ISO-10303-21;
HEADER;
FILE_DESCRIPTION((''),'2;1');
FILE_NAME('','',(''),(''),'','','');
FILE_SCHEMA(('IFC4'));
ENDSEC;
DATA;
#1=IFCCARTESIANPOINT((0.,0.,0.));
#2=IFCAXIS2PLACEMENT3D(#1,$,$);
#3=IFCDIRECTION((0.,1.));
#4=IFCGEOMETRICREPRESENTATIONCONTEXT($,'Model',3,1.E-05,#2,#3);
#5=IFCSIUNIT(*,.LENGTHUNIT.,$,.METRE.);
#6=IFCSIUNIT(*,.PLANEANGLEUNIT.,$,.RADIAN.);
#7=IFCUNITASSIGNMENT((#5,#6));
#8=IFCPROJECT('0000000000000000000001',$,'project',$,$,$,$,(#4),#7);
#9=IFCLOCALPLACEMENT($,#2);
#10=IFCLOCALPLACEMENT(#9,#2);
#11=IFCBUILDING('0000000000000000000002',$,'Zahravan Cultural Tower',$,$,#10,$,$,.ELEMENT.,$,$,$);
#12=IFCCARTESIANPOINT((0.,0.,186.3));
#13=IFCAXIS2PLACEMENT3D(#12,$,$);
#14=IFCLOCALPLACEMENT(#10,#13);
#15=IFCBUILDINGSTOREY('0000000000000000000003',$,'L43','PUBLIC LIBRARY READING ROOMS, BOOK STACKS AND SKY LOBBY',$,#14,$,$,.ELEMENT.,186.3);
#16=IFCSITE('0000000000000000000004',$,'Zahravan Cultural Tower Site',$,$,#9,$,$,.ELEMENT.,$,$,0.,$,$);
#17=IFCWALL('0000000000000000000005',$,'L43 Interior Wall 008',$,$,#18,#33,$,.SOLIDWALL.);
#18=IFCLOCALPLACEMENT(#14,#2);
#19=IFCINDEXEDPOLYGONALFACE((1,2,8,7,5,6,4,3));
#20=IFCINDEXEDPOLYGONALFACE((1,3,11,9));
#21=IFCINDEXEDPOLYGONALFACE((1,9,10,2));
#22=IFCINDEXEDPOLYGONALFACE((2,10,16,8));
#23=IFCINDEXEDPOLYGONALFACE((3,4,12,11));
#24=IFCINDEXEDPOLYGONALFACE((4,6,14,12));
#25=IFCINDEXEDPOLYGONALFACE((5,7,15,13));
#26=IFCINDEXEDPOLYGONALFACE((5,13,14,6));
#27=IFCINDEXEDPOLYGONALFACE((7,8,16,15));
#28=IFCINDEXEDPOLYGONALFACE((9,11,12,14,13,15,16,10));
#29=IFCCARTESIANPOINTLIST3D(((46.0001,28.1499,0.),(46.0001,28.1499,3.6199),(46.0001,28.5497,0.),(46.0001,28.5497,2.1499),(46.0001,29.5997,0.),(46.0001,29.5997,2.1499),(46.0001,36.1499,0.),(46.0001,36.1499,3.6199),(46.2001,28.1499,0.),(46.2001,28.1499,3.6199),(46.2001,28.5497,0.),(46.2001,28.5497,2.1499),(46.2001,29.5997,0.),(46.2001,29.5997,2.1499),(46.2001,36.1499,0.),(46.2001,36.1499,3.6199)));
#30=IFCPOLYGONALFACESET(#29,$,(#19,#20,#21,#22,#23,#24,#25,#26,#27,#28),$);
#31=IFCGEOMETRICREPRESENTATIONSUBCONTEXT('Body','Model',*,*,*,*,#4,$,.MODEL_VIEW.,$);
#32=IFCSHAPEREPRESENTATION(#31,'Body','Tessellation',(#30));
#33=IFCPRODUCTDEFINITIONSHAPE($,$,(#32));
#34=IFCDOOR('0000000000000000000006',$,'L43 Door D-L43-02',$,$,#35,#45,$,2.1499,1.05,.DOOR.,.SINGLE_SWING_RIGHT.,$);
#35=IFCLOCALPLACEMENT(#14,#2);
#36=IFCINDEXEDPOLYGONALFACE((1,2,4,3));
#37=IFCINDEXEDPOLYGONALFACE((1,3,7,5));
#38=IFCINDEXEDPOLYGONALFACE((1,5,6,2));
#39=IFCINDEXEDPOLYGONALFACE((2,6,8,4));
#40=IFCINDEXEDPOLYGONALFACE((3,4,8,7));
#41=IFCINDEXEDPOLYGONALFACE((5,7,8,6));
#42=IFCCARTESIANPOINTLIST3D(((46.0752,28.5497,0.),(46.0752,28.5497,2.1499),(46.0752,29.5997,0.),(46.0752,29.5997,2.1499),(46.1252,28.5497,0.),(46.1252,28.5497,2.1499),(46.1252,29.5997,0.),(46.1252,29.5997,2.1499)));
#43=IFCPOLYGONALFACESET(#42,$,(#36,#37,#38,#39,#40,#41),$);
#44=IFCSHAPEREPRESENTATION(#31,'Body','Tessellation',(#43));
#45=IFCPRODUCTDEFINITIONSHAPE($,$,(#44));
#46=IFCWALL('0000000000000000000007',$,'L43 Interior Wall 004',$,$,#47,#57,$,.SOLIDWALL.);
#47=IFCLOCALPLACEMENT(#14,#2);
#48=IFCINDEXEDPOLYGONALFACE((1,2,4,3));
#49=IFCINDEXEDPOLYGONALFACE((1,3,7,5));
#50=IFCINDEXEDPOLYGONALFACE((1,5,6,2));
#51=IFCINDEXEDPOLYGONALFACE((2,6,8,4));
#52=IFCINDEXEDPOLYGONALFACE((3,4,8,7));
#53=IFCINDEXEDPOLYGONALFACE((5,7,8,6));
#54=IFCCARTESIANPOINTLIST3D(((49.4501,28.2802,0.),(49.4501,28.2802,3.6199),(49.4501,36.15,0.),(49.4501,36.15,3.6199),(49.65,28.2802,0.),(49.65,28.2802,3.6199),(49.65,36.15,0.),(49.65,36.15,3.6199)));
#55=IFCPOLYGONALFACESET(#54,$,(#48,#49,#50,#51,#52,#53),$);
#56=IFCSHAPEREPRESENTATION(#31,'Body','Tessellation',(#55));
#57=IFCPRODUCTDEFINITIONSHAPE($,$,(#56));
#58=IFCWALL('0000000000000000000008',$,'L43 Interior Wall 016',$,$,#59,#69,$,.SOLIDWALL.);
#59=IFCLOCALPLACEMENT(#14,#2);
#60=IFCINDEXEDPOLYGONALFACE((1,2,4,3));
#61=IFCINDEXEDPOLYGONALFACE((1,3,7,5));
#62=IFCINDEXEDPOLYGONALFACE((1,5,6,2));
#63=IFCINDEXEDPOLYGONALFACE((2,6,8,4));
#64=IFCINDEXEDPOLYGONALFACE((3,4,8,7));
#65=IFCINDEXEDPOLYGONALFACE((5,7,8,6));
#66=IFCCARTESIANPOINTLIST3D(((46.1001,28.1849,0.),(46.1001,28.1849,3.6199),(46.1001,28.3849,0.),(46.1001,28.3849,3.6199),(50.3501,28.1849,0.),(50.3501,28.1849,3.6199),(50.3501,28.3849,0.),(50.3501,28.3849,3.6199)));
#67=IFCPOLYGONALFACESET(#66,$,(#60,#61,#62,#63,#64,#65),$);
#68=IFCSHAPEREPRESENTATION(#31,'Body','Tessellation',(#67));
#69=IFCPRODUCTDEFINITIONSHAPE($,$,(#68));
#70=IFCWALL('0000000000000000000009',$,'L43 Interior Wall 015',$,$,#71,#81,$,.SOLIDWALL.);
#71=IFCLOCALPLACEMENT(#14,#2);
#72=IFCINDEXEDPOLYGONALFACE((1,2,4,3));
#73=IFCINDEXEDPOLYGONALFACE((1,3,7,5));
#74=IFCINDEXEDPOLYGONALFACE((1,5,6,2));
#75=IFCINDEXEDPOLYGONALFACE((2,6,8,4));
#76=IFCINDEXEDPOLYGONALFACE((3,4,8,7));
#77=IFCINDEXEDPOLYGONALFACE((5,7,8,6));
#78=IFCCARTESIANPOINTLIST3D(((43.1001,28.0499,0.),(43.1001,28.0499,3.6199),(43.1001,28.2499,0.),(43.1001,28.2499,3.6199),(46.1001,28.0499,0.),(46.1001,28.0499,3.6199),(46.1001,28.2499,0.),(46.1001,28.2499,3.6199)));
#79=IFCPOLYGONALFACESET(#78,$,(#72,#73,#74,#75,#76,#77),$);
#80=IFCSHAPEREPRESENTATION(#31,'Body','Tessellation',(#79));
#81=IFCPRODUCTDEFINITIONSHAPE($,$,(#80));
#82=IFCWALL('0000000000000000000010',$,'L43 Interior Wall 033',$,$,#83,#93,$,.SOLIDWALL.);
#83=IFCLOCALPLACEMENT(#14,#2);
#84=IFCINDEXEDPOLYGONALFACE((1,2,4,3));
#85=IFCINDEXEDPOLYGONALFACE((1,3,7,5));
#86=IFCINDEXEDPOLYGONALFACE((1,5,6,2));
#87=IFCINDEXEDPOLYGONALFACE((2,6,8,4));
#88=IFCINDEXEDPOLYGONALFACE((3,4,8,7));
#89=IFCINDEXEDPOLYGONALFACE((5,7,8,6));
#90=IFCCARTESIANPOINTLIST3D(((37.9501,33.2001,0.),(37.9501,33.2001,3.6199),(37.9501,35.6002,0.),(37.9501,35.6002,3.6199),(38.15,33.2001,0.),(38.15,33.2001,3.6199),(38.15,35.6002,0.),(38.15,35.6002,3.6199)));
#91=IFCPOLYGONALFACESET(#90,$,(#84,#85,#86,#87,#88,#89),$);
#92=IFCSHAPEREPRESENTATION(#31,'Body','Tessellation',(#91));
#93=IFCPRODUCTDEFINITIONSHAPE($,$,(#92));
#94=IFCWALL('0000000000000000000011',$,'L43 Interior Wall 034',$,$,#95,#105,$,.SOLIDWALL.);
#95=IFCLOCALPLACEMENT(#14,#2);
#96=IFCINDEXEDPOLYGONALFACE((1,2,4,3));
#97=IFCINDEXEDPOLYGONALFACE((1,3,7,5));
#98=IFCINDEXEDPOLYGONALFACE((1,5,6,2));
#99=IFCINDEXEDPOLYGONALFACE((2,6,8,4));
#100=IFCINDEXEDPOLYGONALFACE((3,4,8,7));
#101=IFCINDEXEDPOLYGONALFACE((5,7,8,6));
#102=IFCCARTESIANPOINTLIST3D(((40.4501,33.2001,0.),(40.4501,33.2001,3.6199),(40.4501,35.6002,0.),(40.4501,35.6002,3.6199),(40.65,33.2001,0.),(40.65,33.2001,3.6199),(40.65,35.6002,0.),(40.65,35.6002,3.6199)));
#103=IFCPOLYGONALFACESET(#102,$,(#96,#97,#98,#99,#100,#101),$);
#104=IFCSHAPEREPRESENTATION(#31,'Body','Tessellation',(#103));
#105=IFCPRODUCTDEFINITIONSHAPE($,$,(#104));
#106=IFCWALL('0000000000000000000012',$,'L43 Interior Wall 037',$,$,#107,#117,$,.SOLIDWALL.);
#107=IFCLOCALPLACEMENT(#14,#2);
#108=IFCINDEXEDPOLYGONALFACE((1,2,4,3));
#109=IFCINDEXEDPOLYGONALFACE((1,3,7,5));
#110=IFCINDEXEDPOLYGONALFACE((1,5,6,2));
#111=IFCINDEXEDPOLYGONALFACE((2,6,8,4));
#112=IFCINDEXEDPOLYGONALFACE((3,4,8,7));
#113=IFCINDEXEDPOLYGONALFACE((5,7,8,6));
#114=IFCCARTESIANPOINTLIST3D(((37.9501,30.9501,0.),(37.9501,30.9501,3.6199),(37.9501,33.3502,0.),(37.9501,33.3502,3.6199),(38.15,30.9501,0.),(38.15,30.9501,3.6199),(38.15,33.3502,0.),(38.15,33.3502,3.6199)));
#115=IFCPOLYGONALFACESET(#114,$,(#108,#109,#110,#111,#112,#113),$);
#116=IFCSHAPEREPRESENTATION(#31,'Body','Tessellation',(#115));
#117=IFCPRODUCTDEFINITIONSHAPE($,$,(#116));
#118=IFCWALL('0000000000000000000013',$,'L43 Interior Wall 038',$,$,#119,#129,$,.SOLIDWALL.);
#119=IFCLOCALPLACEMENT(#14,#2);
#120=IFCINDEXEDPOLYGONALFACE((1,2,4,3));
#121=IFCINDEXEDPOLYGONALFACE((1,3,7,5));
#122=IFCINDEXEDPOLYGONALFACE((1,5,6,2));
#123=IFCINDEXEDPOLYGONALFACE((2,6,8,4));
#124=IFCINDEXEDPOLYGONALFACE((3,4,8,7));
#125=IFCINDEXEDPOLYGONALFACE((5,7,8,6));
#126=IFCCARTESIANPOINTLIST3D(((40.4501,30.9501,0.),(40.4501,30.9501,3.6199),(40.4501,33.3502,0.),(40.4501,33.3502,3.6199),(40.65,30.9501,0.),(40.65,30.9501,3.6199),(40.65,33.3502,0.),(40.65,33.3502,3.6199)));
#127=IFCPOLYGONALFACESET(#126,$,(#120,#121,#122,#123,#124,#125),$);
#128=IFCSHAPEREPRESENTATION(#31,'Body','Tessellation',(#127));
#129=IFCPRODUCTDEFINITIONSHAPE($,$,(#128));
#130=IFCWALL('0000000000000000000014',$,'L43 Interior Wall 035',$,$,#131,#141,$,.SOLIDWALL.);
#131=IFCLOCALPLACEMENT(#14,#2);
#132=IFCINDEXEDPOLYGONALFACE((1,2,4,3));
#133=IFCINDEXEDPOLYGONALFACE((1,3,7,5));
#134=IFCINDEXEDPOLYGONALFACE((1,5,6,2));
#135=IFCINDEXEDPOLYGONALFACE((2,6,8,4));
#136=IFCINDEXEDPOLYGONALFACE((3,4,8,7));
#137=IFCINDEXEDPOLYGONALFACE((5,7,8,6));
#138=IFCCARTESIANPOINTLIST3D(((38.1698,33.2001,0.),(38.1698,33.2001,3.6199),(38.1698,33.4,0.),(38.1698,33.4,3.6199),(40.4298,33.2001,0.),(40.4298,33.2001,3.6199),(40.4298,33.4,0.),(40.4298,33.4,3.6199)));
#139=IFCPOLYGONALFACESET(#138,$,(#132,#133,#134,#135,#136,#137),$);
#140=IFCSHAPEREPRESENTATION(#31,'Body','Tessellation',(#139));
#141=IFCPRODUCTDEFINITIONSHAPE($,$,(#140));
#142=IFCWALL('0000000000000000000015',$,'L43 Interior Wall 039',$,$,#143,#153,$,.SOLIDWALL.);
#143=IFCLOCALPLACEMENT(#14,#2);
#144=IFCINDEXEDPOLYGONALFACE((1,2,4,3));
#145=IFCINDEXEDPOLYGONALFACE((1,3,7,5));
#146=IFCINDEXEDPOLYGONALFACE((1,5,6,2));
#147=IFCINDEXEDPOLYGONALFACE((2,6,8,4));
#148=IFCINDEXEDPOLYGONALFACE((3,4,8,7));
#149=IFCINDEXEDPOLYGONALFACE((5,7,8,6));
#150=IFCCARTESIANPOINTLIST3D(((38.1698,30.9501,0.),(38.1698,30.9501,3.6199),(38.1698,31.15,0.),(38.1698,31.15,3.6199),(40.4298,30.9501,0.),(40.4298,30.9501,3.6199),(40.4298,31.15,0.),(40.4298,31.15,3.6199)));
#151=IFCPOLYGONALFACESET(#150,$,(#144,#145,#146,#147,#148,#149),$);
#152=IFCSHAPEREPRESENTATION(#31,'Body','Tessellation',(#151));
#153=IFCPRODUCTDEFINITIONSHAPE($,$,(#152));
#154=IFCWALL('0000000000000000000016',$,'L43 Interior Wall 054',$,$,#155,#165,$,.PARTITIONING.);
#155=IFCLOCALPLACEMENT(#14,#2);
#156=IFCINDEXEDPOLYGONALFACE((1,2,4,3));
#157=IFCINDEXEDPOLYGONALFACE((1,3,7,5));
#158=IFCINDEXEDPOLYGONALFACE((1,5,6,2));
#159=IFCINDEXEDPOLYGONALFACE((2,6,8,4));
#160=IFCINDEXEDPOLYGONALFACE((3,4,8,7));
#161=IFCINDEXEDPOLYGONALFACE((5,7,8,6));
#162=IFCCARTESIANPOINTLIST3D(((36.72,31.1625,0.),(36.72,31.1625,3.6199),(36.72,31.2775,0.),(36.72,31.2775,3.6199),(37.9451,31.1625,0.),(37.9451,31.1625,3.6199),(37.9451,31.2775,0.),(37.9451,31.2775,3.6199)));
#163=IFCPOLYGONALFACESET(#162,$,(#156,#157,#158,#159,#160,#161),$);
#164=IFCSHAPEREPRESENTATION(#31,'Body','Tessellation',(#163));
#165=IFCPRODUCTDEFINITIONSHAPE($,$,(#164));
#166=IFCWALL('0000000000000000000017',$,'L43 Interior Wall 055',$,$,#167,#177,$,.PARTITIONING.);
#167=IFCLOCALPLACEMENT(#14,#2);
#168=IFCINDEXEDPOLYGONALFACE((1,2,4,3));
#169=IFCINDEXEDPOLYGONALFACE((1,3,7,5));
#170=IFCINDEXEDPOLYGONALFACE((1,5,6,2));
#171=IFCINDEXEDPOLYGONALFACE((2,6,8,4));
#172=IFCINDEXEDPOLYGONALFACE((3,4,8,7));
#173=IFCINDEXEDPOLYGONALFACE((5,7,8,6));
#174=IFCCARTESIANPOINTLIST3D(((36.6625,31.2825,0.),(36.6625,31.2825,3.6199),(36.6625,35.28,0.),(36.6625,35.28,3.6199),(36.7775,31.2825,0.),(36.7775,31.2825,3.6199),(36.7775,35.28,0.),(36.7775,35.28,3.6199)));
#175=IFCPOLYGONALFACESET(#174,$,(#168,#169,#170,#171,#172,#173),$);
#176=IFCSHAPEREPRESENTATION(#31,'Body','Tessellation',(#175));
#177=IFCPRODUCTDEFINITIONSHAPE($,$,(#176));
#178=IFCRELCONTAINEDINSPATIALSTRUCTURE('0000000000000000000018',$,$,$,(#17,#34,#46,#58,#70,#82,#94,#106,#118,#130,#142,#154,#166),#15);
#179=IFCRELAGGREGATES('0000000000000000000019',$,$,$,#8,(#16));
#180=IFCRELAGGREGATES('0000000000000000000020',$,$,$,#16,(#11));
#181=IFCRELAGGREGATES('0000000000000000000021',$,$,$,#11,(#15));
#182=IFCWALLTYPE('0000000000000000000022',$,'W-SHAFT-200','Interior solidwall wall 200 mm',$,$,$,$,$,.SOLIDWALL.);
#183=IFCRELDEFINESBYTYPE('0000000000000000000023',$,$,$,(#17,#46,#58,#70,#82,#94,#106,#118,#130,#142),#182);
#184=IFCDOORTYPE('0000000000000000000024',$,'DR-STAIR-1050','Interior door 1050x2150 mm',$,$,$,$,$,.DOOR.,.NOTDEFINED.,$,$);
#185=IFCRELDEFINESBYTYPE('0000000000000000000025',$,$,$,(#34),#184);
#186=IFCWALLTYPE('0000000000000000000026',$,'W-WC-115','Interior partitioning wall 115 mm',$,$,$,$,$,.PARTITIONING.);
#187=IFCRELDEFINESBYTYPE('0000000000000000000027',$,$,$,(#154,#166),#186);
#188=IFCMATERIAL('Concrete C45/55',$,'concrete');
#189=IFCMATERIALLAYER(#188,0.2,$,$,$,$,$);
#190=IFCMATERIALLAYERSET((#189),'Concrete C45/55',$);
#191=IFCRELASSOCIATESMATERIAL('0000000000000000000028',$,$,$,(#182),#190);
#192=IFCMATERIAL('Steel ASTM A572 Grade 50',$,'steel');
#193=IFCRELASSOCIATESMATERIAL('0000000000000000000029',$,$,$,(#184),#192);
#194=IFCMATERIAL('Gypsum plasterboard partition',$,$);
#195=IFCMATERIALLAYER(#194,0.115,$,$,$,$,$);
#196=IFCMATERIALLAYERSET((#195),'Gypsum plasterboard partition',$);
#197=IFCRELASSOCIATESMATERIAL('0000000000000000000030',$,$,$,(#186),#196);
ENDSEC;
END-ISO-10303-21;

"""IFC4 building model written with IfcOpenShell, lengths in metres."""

from ifc_helpers import new_model, si_unit, direction, frame, frame_2d, origin, place, context, subcontext, project, spatial, rectangle, extrude, source, transform, mapped, material, layer, layer_set, type_object, element, fill, save


model = new_model("IFC4")

# Units and contexts
model_context = context("Model", 3, precision=1e-05, world=origin(), true_north=direction((0.0, 1.0)))
body_context = subcontext(model_context, "Body", "Model", "MODEL_VIEW")
ifc_project = project(units=[si_unit("LENGTHUNIT", "METRE"), si_unit("PLANEANGLEUNIT", "RADIAN")], contexts=[model_context])

# Site, building, storey
site_placement = place(None, origin())
site = spatial("IfcSite", under=ifc_project, at=site_placement, Name="Zahravan Cultural Tower Site", CompositionType="ELEMENT", RefElevation=0.0)
building_placement = place(site_placement, origin())
building = spatial("IfcBuilding", under=site, at=building_placement, Name="Zahravan Cultural Tower", CompositionType="ELEMENT")
storey_placement = place(building_placement, frame((0.0, 0.0, 186.3)))
storey = spatial("IfcBuildingStorey", under=building, at=storey_placement, Name="L43", Description="PUBLIC LIBRARY READING ROOMS, BOOK STACKS AND SKY LOBBY", CompositionType="ELEMENT", Elevation=186.3)

# Wall, opening, door
ifc_material_1 = material(Name="Concrete C45/55", Category="concrete")
ifc_layer_1 = layer(ifc_material_1, 0.2)
ifc_layer_set_1 = layer_set([ifc_layer_1], Name="Concrete C45/55")
wall_type_1 = type_object("IfcWallType", Name="W-SHAFT-200", Description="Interior solidwall wall 200 mm", PredefinedType="SOLIDWALL", material=ifc_layer_set_1)
wall_1_placement = place(storey_placement, frame((46.1001, 28.1499, 0.0), z_axis=(0.0, 0.0, 1.0), x_axis=(0.0, 1.0, 0.0)))
wall_1 = element("IfcWall", 1, at=wall_1_placement, inside=storey, type_object=wall_type_1, Name="L43 Interior Wall 008", PredefinedType="SOLIDWALL", context=body_context, shape_type="SweptSolid", body=[
    extrude(rectangle(XDim=8.0, YDim=0.2, at=frame_2d((4.0, 0.0))), origin(), (0.0, 0.0, 1.0), 3.6199),
])
opening_1_placement = place(wall_1_placement, frame((0.3999, 0.0, 0.0)))
opening_1 = element("IfcOpeningElement", 2, at=opening_1_placement, cuts=wall_1, PredefinedType="OPENING", context=body_context, shape_type="SweptSolid", body=[
    extrude(rectangle(XDim=1.05, YDim=2.1499, at=frame_2d((0.5249, 1.075))), frame((0.0, 0.1099, 0.0), z_axis=(0.0, -1.0, 0.0), x_axis=(1.0, 0.0, 0.0)), (0.0, 0.0, 1.0), 0.22),
])
ifc_material_2 = material(Name="Steel ASTM A572 Grade 50", Category="steel")
door_type_1 = type_object("IfcDoorType", Name="DR-STAIR-1050", Description="Interior door 1050x2150 mm", OperationType="NOTDEFINED", PredefinedType="DOOR", material=ifc_material_2)
shared_shape_1 = source(origin(), body_context, "Body", "SweptSolid", [
    extrude(rectangle(XDim=1.05, YDim=2.1499, at=frame_2d((0.5249, 1.075))), frame((0.0, 0.0249, 0.0), z_axis=(0.0, -1.0, 0.0), x_axis=(1.0, 0.0, 0.0)), (0.0, 0.0, 1.0), 0.05),
])
door_1_placement = place(opening_1_placement, origin())
door_1 = element("IfcDoor", 3, at=door_1_placement, inside=storey, type_object=door_type_1, Name="L43 Door D-L43-02", OperationType="SINGLE_SWING_RIGHT", OverallHeight=2.1499, OverallWidth=1.05, PredefinedType="DOOR", context=body_context, shape_type="MappedRepresentation", body=[
    mapped(shared_shape_1, transform((0.0, 0.0, 0.0), x_axis=(1.0, 0.0, 0.0), y_axis=(0.0, 1.0, 0.0), z_axis=(0.0, 0.0, 1.0), scale=1.0)),
])
fill(opening_1, door_1)

# Walls
shared_shape_2 = source(origin(), body_context, "Body", "SweptSolid", [
    extrude(rectangle(XDim=7.8699, YDim=0.2, at=frame_2d((3.9351, 0.0))), origin(), (0.0, 0.0, 1.0), 3.6199),
])
wall_2_placement = place(storey_placement, frame((49.55, 28.28, 0.0), z_axis=(0.0, 0.0, 1.0), x_axis=(0.0, 1.0, 0.0)))
element("IfcWall", 4, at=wall_2_placement, inside=storey, type_object=wall_type_1, Name="L43 Interior Wall 004", PredefinedType="SOLIDWALL", context=body_context, shape_type="MappedRepresentation", body=[
    mapped(shared_shape_2, transform((0.0, 0.0, 0.0), x_axis=(1.0, 0.0, 0.0), y_axis=(0.0, 1.0, 0.0), z_axis=(0.0, 0.0, 1.0), scale=1.0)),
])
shared_shape_3 = source(origin(), body_context, "Body", "SweptSolid", [
    extrude(rectangle(XDim=4.25, YDim=0.2, at=frame_2d((2.125, 0.0))), origin(), (0.0, 0.0, 1.0), 3.6199),
])
wall_3_placement = place(storey_placement, frame((46.1001, 28.2849, 0.0), z_axis=(0.0, 0.0, 1.0), x_axis=(1.0, 0.0, 0.0)))
element("IfcWall", 5, at=wall_3_placement, inside=storey, type_object=wall_type_1, Name="L43 Interior Wall 016", PredefinedType="SOLIDWALL", context=body_context, shape_type="MappedRepresentation", body=[
    mapped(shared_shape_3, transform((0.0, 0.0, 0.0), x_axis=(1.0, 0.0, 0.0), y_axis=(0.0, 1.0, 0.0), z_axis=(0.0, 0.0, 1.0), scale=1.0)),
])
shared_shape_4 = source(origin(), body_context, "Body", "SweptSolid", [
    extrude(rectangle(XDim=3.0, YDim=0.2, at=frame_2d((1.5, 0.0))), origin(), (0.0, 0.0, 1.0), 3.6199),
])
wall_4_placement = place(storey_placement, frame((43.1001, 28.1499, 0.0), z_axis=(0.0, 0.0, 1.0), x_axis=(1.0, 0.0, 0.0)))
element("IfcWall", 6, at=wall_4_placement, inside=storey, type_object=wall_type_1, Name="L43 Interior Wall 015", PredefinedType="SOLIDWALL", context=body_context, shape_type="MappedRepresentation", body=[
    mapped(shared_shape_4, transform((0.0, 0.0, 0.0), x_axis=(1.0, 0.0, 0.0), y_axis=(0.0, 1.0, 0.0), z_axis=(0.0, 0.0, 1.0), scale=1.0)),
])
shared_shape_5 = source(origin(), body_context, "Body", "SweptSolid", [
    extrude(rectangle(XDim=2.4001, YDim=0.2, at=frame_2d((1.2002, 0.0))), origin(), (0.0, 0.0, 1.0), 3.6199),
])
for number, where, z_axis, x_axis, name in (
    (7, (38.05, 33.2, 0.0), (0.0, 0.0, 1.0), (0.0, 1.0, 0.0), "L43 Interior Wall 033"),
    (8, (40.55, 33.2, 0.0), (0.0, 0.0, 1.0), (0.0, 1.0, 0.0), "L43 Interior Wall 034"),
    (9, (38.05, 30.95, 0.0), (0.0, 0.0, 1.0), (0.0, 1.0, 0.0), "L43 Interior Wall 037"),
    (10, (40.55, 30.95, 0.0), (0.0, 0.0, 1.0), (0.0, 1.0, 0.0), "L43 Interior Wall 038"),
):
    element("IfcWall", number, at=place(storey_placement, frame(where, z_axis=z_axis, x_axis=x_axis)), inside=storey, type_object=wall_type_1, Name=name, PredefinedType="SOLIDWALL", context=body_context, shape_type="MappedRepresentation", body=[
        mapped(shared_shape_5, transform((0.0, 0.0, 0.0), x_axis=(1.0, 0.0, 0.0), y_axis=(0.0, 1.0, 0.0), z_axis=(0.0, 0.0, 1.0), scale=1.0)),
    ])
shared_shape_6 = source(origin(), body_context, "Body", "SweptSolid", [
    extrude(rectangle(XDim=2.26, YDim=0.2, at=frame_2d((1.1299, 0.0))), origin(), (0.0, 0.0, 1.0), 3.6199),
])
for number, where, z_axis, x_axis, name in (
    (11, (38.1699, 33.3, 0.0), (0.0, 0.0, 1.0), (1.0, 0.0, 0.0), "L43 Interior Wall 035"),
    (12, (38.1699, 31.05, 0.0), (0.0, 0.0, 1.0), (1.0, 0.0, 0.0), "L43 Interior Wall 039"),
):
    element("IfcWall", number, at=place(storey_placement, frame(where, z_axis=z_axis, x_axis=x_axis)), inside=storey, type_object=wall_type_1, Name=name, PredefinedType="SOLIDWALL", context=body_context, shape_type="MappedRepresentation", body=[
        mapped(shared_shape_6, transform((0.0, 0.0, 0.0), x_axis=(1.0, 0.0, 0.0), y_axis=(0.0, 1.0, 0.0), z_axis=(0.0, 0.0, 1.0), scale=1.0)),
    ])
ifc_material_3 = material(Name="Gypsum plasterboard partition")
ifc_layer_2 = layer(ifc_material_3, 0.115)
ifc_layer_set_2 = layer_set([ifc_layer_2], Name="Gypsum plasterboard partition")
wall_type_2 = type_object("IfcWallType", Name="W-WC-115", Description="Interior partitioning wall 115 mm", PredefinedType="PARTITIONING", material=ifc_layer_set_2)
shared_shape_7 = source(origin(), body_context, "Body", "SweptSolid", [
    extrude(rectangle(XDim=1.2251, YDim=0.115, at=frame_2d((0.6125, 0.0))), origin(), (0.0, 0.0, 1.0), 3.6199),
])
wall_5_placement = place(storey_placement, frame((37.9451, 31.22, 0.0), z_axis=(0.0, 0.0, 1.0), x_axis=(-1.0, 0.0, 0.0)))
element("IfcWall", 13, at=wall_5_placement, inside=storey, type_object=wall_type_2, Name="L43 Interior Wall 054", PredefinedType="PARTITIONING", context=body_context, shape_type="MappedRepresentation", body=[
    mapped(shared_shape_7, transform((0.0, 0.0, 0.0), x_axis=(1.0, 0.0, 0.0), y_axis=(0.0, 1.0, 0.0), z_axis=(0.0, 0.0, 1.0), scale=1.0)),
])
shared_shape_8 = source(origin(), body_context, "Body", "SweptSolid", [
    extrude(rectangle(XDim=3.9976, YDim=0.115, at=frame_2d((1.9988, 0.0))), origin(), (0.0, 0.0, 1.0), 3.6199),
])
wall_6_placement = place(storey_placement, frame((36.72, 31.2825, 0.0), z_axis=(0.0, 0.0, 1.0), x_axis=(0.0, 1.0, 0.0)))
element("IfcWall", 14, at=wall_6_placement, inside=storey, type_object=wall_type_2, Name="L43 Interior Wall 055", PredefinedType="PARTITIONING", context=body_context, shape_type="MappedRepresentation", body=[
    mapped(shared_shape_8, transform((0.0, 0.0, 0.0), x_axis=(1.0, 0.0, 0.0), y_axis=(0.0, 1.0, 0.0), z_axis=(0.0, 0.0, 1.0), scale=1.0)),
])

save(model, "model.ifc")
